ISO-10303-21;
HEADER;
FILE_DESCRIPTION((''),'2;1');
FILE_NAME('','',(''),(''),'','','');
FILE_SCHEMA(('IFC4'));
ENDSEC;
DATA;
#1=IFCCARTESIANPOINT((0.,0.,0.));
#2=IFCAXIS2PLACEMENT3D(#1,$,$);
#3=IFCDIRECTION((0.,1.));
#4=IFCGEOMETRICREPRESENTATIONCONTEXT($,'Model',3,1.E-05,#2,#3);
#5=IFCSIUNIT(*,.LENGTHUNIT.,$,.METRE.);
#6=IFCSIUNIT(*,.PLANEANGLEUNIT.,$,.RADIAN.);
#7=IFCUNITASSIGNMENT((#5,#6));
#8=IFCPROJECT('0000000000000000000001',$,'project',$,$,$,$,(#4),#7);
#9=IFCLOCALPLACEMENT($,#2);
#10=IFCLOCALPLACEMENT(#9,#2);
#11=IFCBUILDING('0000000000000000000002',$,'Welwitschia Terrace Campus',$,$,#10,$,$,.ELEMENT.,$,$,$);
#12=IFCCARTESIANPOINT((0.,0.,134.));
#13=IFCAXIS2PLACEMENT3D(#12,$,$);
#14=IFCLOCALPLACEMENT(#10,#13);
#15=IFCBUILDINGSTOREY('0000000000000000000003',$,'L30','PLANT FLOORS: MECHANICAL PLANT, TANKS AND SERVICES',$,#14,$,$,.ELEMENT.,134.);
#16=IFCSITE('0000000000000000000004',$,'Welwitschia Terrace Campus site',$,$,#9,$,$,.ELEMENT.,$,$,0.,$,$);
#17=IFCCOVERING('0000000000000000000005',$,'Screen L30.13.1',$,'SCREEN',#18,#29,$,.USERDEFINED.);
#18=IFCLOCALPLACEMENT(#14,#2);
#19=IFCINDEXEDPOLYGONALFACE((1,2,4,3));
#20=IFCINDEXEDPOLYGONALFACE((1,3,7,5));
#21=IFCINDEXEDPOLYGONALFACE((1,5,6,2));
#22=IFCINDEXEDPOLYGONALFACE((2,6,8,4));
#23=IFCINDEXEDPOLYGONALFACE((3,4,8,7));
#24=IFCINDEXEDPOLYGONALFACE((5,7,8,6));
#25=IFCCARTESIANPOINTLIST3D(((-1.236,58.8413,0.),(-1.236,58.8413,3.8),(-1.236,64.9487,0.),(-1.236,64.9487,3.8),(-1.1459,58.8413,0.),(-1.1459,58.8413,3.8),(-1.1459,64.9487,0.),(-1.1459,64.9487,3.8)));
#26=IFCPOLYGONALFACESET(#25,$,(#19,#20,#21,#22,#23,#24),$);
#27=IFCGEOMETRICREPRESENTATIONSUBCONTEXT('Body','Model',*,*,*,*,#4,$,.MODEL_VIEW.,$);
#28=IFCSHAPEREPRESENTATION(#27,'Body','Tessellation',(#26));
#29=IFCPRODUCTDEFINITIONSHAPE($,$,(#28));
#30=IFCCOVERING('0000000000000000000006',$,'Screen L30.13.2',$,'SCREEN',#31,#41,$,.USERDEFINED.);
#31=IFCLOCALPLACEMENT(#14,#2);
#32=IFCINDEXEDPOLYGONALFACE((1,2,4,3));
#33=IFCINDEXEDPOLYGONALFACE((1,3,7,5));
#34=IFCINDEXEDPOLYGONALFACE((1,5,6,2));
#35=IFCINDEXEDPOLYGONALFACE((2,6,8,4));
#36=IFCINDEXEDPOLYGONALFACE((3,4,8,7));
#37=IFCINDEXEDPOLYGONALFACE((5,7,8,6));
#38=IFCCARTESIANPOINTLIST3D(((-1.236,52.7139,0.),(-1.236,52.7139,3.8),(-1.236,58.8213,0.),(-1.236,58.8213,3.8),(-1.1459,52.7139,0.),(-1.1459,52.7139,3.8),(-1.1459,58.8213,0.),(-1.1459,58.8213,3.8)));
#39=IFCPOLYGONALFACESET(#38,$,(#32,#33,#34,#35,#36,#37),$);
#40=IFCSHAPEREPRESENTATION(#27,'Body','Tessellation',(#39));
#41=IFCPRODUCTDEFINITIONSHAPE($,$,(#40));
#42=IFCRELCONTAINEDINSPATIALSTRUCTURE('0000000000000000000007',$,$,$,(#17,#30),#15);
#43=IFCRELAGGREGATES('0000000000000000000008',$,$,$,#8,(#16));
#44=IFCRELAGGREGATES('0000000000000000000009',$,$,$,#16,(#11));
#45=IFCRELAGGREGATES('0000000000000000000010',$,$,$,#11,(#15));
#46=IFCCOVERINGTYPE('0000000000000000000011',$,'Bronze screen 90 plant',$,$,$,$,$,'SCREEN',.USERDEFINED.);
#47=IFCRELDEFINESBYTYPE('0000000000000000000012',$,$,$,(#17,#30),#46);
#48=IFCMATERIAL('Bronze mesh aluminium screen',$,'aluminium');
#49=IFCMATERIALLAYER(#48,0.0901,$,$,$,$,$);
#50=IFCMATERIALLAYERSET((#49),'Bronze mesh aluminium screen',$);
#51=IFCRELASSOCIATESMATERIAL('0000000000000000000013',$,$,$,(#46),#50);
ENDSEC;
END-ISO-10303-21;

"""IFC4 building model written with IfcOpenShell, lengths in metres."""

from ifc_helpers import new_model, si_unit, direction, frame, origin, origin_2d, place, context, subcontext, project, spatial, rectangle, extrude, material, layer, layer_set, type_object, element, save


model = new_model("IFC4")

# Units and contexts
model_context = context("Model", 3, precision=1e-05, world=origin(), true_north=direction((0.0, 1.0)))
body_context = subcontext(model_context, "Body", "Model", "MODEL_VIEW")
ifc_project = project(units=[si_unit("LENGTHUNIT", "METRE"), si_unit("PLANEANGLEUNIT", "RADIAN")], contexts=[model_context])

# Site, building, storey
site_placement = place(None, origin())
site = spatial("IfcSite", under=ifc_project, at=site_placement, Name="Welwitschia Terrace Campus site", CompositionType="ELEMENT", RefElevation=0.0)
building_placement = place(site_placement, origin())
building = spatial("IfcBuilding", under=site, at=building_placement, Name="Welwitschia Terrace Campus", CompositionType="ELEMENT")
storey_placement = place(building_placement, frame((0.0, 0.0, 134.0)))
storey = spatial("IfcBuildingStorey", under=building, at=storey_placement, Name="L30", Description="PLANT FLOORS: MECHANICAL PLANT, TANKS AND SERVICES", CompositionType="ELEMENT", Elevation=134.0)

# Coverings
ifc_material_1 = material(Name="Bronze mesh aluminium screen", Category="aluminium")
ifc_layer_1 = layer(ifc_material_1, 0.0901)
ifc_layer_set_1 = layer_set([ifc_layer_1], Name="Bronze mesh aluminium screen")
covering_type = type_object("IfcCoveringType", Name="Bronze screen 90 plant", ElementType="SCREEN", PredefinedType="USERDEFINED", material=ifc_layer_set_1)
for number, where, z_axis, x_axis, name in (
    (1, (-1.1909, 61.895, 0.0), (0.0, 0.0, 1.0), (0.0, -1.0, 0.0), "Screen L30.13.1"),
    (2, (-1.1909, 55.7676, 0.0), (0.0, 0.0, 1.0), (0.0, -1.0, 0.0), "Screen L30.13.2"),
):
    element("IfcCovering", number, at=place(storey_placement, frame(where, z_axis=z_axis, x_axis=x_axis)), inside=storey, type_object=covering_type, Name=name, ObjectType="SCREEN", PredefinedType="USERDEFINED", context=body_context, shape_type="SweptSolid", body=[
        extrude(rectangle(XDim=6.1074, YDim=0.0901, at=origin_2d()), origin(), (0.0, 0.0, 1.0), 3.8),
    ])

save(model, "model.ifc")
